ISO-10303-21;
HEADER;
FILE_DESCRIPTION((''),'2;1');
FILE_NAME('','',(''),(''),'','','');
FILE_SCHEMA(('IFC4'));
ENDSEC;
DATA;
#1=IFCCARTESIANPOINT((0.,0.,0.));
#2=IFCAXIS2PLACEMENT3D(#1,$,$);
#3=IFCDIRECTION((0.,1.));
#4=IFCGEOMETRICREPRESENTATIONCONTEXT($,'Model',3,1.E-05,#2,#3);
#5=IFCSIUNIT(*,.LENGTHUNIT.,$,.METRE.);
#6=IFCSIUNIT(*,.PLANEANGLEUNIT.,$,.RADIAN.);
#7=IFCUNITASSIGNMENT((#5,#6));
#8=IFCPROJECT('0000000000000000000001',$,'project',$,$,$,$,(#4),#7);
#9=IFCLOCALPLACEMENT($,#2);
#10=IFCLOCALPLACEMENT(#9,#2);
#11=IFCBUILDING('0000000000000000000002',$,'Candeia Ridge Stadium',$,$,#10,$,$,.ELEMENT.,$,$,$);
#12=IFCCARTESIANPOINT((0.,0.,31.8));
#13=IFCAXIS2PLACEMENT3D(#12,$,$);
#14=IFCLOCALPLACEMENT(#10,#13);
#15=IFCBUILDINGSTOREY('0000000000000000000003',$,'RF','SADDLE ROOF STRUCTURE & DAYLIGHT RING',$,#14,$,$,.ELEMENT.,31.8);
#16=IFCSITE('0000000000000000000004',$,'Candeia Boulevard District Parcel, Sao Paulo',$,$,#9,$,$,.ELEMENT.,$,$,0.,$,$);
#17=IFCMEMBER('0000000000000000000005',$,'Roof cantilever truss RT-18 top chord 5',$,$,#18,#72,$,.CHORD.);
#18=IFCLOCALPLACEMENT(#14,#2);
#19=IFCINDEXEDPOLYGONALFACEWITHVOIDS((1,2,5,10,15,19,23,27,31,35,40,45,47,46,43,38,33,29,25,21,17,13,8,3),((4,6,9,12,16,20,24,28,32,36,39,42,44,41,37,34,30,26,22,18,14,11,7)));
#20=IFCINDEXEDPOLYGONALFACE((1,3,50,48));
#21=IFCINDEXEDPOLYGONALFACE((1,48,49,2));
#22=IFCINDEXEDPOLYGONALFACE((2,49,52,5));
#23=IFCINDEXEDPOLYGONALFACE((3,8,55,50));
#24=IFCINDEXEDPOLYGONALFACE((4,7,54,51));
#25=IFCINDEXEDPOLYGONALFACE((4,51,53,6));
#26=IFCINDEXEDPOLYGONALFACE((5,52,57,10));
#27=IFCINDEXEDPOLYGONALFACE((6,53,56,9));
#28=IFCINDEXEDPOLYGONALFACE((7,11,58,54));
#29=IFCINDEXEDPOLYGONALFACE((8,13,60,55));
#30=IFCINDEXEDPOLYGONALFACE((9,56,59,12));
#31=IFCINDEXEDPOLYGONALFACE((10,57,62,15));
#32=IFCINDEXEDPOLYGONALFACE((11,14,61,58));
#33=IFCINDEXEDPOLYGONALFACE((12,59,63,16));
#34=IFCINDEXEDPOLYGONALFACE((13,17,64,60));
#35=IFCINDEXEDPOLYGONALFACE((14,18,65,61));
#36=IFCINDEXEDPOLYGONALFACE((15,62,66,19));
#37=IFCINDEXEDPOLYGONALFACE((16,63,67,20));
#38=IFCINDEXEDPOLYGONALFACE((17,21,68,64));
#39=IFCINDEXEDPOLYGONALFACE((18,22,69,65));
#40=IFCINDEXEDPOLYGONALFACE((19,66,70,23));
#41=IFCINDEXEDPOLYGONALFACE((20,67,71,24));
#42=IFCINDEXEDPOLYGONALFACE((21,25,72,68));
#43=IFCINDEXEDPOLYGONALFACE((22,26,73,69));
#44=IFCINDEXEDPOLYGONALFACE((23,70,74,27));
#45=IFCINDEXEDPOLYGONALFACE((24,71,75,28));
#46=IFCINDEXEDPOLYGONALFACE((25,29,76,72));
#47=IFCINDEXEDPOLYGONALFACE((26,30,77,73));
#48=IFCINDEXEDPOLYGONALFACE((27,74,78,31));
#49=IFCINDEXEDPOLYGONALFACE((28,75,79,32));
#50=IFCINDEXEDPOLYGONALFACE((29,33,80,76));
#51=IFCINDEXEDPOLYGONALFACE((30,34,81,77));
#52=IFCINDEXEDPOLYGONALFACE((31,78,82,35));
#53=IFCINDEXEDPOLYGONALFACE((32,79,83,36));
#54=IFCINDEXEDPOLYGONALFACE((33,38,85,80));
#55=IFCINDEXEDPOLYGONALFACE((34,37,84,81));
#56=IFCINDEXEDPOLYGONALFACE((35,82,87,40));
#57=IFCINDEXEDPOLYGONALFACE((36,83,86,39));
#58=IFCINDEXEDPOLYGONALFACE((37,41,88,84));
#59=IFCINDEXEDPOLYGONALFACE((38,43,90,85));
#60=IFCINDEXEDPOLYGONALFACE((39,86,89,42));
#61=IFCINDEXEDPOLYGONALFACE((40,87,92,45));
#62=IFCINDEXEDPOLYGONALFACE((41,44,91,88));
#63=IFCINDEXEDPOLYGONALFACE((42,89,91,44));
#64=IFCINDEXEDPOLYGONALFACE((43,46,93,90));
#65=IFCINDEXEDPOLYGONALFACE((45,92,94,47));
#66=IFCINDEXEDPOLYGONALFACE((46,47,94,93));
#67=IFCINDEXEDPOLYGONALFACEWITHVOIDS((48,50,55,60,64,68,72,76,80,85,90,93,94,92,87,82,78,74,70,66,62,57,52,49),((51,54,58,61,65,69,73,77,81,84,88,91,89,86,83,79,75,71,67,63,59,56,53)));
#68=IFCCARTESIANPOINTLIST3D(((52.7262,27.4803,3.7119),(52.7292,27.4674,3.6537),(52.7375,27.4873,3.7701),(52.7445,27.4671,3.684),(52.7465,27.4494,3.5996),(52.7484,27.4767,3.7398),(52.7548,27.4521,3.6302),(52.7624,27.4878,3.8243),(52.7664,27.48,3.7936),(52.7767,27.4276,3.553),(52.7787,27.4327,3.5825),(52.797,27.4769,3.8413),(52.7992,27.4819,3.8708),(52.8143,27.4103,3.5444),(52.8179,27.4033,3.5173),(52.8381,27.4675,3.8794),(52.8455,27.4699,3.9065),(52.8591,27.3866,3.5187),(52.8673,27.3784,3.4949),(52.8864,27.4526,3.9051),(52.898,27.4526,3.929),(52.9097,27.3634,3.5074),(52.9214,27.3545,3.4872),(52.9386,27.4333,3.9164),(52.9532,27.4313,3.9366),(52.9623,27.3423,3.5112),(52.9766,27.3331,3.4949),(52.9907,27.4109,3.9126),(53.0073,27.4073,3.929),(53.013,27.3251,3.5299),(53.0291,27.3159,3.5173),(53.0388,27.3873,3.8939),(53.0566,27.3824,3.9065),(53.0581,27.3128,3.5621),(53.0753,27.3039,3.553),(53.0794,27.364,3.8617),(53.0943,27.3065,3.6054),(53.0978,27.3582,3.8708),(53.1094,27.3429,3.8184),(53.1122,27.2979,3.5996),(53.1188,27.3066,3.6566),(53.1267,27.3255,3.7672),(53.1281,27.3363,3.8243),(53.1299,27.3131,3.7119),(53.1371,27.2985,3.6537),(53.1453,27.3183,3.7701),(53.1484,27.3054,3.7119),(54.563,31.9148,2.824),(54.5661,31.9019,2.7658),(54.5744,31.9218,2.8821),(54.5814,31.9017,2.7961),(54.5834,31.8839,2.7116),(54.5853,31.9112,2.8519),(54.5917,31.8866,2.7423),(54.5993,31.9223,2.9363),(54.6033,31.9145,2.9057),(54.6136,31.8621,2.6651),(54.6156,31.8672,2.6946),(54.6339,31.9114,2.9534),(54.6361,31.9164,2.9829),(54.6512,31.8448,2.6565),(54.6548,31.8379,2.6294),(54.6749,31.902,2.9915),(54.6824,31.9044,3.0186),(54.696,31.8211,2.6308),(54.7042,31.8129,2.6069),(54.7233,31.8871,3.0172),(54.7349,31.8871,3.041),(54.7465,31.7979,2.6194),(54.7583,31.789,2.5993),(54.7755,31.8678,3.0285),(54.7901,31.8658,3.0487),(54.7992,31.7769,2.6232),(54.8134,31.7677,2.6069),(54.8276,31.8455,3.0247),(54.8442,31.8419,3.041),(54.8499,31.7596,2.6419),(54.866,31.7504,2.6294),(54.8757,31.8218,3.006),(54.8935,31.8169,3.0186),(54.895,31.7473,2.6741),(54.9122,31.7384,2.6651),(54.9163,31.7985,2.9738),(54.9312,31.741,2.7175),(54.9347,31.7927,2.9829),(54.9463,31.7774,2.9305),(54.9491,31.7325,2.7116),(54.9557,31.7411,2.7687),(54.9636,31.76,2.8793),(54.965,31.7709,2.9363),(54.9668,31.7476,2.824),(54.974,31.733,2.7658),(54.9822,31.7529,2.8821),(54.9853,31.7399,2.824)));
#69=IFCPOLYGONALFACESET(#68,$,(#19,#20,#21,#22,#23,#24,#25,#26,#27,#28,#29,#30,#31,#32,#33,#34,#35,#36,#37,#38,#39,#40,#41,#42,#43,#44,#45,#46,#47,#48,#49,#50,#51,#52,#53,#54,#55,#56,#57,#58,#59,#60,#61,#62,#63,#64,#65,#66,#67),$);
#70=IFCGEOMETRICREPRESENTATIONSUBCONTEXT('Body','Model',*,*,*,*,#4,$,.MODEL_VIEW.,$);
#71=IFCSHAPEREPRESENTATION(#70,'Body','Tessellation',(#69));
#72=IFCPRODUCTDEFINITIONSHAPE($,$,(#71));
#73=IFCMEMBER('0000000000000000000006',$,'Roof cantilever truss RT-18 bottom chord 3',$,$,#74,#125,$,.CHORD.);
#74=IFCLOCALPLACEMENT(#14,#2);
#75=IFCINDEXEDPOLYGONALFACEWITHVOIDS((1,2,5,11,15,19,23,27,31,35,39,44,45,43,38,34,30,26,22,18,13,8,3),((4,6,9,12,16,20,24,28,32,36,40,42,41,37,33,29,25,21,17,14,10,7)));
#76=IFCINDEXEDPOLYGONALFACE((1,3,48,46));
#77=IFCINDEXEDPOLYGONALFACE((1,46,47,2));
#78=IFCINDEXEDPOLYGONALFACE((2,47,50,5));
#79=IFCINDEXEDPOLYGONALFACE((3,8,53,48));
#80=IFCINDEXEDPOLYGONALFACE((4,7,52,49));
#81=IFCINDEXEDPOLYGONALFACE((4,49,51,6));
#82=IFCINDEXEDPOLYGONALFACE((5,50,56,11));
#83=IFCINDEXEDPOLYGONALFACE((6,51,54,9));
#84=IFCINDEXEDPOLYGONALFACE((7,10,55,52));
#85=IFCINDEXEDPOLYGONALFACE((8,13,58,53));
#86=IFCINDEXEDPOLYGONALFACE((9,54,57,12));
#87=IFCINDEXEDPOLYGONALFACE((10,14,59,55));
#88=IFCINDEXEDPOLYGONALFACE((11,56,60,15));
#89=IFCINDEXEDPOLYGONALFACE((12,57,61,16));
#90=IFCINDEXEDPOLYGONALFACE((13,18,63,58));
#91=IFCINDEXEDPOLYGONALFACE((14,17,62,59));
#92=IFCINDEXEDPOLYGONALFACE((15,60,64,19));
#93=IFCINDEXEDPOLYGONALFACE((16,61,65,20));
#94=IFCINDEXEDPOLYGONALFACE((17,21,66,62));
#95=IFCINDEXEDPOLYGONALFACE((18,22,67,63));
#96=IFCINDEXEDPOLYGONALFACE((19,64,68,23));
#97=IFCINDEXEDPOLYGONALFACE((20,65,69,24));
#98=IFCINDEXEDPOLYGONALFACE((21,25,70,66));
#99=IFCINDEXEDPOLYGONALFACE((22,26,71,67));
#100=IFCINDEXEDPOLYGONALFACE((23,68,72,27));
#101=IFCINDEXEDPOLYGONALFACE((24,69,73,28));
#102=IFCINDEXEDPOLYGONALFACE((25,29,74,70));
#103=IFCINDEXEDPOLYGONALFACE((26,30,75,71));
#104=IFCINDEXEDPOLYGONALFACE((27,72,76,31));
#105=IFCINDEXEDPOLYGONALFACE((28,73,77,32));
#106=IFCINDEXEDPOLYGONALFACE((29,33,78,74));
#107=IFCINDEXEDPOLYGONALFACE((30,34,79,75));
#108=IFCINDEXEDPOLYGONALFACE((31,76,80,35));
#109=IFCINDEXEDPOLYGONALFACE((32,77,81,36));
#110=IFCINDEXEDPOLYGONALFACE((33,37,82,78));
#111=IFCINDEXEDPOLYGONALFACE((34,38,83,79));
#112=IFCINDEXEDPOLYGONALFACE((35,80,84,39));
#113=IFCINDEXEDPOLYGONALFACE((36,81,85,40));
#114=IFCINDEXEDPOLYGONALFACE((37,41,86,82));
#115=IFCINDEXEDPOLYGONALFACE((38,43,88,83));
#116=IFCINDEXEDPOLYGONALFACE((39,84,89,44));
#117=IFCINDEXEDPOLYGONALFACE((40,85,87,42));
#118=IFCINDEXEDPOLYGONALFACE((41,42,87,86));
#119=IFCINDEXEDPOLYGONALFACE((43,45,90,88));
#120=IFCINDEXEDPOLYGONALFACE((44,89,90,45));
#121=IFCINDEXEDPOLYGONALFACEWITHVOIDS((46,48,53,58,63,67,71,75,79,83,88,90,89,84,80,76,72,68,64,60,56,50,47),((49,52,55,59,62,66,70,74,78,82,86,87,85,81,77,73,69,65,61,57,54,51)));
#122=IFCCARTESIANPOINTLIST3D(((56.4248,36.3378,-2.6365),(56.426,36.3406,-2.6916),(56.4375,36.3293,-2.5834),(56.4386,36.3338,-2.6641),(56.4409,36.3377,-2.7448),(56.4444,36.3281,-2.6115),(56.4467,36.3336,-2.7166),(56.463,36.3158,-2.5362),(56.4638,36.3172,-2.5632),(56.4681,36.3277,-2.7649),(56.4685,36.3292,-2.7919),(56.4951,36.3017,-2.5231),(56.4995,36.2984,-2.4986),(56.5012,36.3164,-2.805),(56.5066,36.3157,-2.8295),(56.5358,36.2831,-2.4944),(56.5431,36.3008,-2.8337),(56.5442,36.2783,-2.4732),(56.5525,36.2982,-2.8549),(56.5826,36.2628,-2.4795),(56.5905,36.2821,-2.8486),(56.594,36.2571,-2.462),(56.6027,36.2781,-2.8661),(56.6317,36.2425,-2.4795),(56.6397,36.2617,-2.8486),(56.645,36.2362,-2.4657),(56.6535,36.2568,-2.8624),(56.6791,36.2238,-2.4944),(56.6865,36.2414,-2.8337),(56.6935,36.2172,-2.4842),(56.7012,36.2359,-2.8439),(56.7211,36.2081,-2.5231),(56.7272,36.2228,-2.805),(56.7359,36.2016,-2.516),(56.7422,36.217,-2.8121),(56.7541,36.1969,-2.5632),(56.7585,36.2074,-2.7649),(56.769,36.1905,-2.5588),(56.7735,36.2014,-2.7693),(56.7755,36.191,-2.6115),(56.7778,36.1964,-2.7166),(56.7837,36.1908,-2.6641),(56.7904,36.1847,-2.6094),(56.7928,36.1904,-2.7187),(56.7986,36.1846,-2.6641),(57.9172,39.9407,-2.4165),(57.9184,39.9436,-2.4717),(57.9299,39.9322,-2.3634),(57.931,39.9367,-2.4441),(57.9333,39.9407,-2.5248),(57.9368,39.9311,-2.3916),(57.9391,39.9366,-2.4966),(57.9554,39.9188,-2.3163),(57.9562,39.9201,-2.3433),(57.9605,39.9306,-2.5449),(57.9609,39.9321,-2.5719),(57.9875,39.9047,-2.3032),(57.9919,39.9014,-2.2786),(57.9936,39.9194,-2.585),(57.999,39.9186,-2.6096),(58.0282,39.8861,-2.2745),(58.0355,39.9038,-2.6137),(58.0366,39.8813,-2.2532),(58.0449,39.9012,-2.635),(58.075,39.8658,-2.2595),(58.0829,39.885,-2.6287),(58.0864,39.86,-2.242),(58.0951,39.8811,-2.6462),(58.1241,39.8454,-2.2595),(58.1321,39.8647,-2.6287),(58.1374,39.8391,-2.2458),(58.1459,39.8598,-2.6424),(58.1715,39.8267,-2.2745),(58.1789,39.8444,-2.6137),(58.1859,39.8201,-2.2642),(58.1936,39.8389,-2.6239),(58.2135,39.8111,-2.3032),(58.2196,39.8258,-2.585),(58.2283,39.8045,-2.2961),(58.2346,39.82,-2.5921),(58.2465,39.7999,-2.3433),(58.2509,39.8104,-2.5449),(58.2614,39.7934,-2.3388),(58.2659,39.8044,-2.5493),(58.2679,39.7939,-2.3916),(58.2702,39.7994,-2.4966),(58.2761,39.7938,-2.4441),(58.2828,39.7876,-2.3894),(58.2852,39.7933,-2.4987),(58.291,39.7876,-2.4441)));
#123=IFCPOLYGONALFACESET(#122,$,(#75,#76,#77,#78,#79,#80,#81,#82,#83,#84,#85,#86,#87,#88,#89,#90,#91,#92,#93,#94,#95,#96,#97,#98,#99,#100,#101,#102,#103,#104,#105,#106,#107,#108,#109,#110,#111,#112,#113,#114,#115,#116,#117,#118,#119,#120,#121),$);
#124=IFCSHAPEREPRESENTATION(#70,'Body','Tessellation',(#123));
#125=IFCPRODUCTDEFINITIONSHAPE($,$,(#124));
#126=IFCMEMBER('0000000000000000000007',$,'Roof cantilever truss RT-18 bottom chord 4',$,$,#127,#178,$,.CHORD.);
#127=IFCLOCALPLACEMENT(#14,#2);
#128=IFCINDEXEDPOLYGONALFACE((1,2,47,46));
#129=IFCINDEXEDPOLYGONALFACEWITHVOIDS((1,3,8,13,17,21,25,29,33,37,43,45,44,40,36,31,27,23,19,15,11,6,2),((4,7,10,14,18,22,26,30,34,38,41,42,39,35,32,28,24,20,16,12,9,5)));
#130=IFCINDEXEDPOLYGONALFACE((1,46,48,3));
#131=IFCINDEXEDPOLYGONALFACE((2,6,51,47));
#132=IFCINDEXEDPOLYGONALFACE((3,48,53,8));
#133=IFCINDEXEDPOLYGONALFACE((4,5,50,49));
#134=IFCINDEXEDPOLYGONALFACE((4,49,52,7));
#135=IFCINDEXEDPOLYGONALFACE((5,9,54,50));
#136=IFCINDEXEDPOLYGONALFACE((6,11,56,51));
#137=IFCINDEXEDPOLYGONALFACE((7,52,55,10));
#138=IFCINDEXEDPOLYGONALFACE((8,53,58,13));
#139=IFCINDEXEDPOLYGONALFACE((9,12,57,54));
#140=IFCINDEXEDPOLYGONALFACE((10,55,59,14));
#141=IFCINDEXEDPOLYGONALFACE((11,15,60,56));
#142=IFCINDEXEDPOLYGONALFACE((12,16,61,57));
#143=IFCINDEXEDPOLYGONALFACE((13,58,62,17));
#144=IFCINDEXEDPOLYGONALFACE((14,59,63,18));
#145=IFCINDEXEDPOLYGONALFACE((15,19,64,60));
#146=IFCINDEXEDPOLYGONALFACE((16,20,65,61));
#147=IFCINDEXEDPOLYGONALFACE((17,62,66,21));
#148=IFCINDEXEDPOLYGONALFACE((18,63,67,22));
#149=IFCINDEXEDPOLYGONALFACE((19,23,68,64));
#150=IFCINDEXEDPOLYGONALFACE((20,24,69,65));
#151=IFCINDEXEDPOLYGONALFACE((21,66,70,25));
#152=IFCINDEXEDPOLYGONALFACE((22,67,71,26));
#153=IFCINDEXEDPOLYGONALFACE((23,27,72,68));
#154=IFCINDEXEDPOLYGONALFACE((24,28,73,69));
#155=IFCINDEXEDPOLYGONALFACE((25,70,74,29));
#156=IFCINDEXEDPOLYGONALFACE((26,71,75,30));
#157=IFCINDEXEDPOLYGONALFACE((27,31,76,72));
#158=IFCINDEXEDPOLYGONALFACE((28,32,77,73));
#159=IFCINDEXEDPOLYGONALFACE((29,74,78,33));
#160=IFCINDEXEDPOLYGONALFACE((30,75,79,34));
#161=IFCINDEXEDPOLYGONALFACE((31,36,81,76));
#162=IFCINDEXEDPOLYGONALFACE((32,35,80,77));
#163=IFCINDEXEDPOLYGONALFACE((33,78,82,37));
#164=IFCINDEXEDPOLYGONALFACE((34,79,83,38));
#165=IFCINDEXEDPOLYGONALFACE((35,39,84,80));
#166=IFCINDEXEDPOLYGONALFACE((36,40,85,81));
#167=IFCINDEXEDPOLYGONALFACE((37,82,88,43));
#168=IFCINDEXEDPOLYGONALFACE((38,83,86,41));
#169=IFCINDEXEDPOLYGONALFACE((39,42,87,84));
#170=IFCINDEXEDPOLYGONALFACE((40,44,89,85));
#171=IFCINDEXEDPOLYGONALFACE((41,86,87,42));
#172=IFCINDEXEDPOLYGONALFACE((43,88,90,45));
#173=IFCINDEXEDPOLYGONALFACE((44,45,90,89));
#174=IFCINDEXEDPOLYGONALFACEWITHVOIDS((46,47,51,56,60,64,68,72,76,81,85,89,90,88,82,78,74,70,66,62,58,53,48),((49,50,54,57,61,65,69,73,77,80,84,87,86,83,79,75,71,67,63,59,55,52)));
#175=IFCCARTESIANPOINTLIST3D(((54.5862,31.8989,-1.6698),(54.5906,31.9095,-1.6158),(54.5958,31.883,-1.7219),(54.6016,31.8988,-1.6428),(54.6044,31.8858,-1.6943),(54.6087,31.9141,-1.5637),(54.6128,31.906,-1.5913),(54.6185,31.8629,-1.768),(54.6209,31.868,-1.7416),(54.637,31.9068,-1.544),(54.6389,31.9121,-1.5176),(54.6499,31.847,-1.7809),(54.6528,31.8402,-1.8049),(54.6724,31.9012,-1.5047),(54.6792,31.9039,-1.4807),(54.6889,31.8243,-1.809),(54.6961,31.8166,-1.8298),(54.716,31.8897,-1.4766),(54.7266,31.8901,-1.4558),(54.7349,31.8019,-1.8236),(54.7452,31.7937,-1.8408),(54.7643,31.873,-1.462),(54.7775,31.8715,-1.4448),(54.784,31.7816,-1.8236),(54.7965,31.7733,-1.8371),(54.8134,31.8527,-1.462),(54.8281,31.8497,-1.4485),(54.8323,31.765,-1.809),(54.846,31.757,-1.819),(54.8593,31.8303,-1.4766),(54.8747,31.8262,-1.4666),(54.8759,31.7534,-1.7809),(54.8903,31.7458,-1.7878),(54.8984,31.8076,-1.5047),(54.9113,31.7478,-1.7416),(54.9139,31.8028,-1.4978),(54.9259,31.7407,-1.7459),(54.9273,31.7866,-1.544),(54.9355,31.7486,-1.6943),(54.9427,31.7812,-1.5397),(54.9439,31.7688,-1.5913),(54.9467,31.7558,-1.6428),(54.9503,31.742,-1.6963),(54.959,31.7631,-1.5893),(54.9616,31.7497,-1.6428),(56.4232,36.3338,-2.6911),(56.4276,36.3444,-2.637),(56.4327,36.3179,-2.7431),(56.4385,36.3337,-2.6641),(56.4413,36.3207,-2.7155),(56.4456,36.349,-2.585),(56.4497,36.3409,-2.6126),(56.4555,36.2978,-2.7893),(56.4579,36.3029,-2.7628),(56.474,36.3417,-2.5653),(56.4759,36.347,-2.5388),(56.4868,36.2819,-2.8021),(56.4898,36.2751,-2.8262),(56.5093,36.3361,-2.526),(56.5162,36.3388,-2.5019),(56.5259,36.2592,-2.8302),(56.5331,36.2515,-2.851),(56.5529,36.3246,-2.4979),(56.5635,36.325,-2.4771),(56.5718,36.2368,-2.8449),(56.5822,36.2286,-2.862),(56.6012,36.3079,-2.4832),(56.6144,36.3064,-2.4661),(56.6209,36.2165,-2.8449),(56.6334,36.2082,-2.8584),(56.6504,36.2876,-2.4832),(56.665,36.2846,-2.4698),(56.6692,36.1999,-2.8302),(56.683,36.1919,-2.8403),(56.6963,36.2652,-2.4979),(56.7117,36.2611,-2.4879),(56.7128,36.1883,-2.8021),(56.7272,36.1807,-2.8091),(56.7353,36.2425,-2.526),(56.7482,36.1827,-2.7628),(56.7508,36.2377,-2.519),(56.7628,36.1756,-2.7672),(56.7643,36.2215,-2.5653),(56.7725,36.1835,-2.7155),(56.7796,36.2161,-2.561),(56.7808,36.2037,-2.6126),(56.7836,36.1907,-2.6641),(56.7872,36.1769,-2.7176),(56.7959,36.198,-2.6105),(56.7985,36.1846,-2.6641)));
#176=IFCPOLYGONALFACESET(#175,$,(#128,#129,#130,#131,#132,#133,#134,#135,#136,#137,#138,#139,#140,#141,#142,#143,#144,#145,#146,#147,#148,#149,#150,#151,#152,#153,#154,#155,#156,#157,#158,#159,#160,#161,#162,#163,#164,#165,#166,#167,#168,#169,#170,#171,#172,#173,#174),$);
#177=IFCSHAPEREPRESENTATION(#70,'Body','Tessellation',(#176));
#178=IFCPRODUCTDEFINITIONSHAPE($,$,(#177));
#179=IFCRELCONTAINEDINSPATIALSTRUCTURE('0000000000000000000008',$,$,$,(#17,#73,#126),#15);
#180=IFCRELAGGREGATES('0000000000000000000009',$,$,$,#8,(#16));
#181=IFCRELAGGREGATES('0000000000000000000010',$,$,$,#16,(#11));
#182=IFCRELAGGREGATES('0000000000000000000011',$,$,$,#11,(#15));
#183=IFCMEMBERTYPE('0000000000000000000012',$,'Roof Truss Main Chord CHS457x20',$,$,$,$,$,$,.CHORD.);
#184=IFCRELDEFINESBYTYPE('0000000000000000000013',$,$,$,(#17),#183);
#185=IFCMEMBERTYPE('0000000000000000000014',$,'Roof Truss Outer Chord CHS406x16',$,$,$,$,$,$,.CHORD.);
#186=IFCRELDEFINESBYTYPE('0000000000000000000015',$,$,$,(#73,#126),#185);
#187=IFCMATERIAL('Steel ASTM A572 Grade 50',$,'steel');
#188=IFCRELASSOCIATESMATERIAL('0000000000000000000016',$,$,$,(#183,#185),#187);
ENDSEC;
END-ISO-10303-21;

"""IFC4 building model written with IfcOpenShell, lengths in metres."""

from ifc_helpers import new_model, si_unit, direction, frame, origin, origin_2d, place, context, subcontext, project, spatial, hollow_circle, extrude, material, material_profile, profile_set, type_object, element, save


model = new_model("IFC4")

# Units and contexts
model_context = context("Model", 3, precision=1e-05, world=origin(), true_north=direction((0.0, 1.0)))
body_context = subcontext(model_context, "Body", "Model", "MODEL_VIEW")
ifc_project = project(units=[si_unit("LENGTHUNIT", "METRE"), si_unit("PLANEANGLEUNIT", "RADIAN")], contexts=[model_context])

# Site, building, storey
site_placement = place(None, origin())
site = spatial("IfcSite", under=ifc_project, at=site_placement, Name="Candeia Boulevard District Parcel, Sao Paulo", CompositionType="ELEMENT", RefElevation=0.0)
building_placement = place(site_placement, origin())
building = spatial("IfcBuilding", under=site, at=building_placement, Name="Candeia Ridge Stadium", CompositionType="ELEMENT")
storey_placement = place(building_placement, frame((0.0, 0.0, 31.8)))
storey = spatial("IfcBuildingStorey", under=building, at=storey_placement, Name="RF", Description="SADDLE ROOF STRUCTURE & DAYLIGHT RING", CompositionType="ELEMENT", Elevation=31.8)

# Shared definitions
ifc_material_1 = material(Name="Steel ASTM A572 Grade 50", Category="steel")

# Members
ifc_material_profile_1 = material_profile(ifc_material_1, hollow_circle(Radius=0.2285, WallThickness=0.02, at=origin_2d()), Name="CHS457x20", Category="steel")
ifc_profile_set_1 = profile_set([ifc_material_profile_1], Name="Steel ASTM A572 Grade 50")
member_type_1 = type_object("IfcMemberType", Name="Roof Truss Main Chord CHS457x20", PredefinedType="CHORD", material=ifc_profile_set_1)
member_1_placement = place(storey_placement, frame((54.7742, 31.8274, 2.824), z_axis=(-0.376309, -0.908462, 0.181902), x_axis=(0.923875, -0.382693, 0.0)))
element("IfcMember", 1, at=member_1_placement, inside=storey, type_object=member_type_1, Name="Roof cantilever truss RT-18 top chord 5", PredefinedType="CHORD", context=body_context, shape_type="SweptSolid", body=[
    extrude(hollow_circle(Radius=0.2285, WallThickness=0.02, at=origin_2d()), origin(), (0.0, 0.0, 1.0), 4.8813),
])
ifc_material_profile_2 = material_profile(ifc_material_1, hollow_circle(Radius=0.2029, WallThickness=0.0161, at=origin_2d()), Name="CHS406x16", Category="steel")
ifc_profile_set_2 = profile_set([ifc_material_profile_2], Name="Steel ASTM A572 Grade 50")
member_type_2 = type_object("IfcMemberType", Name="Roof Truss Outer Chord CHS406x16", PredefinedType="CHORD", material=ifc_profile_set_2)
member_2_placement = place(storey_placement, frame((58.1035, 39.8652, -2.4441), z_axis=(-0.382078, -0.922413, -0.056315), x_axis=(0.923879, -0.382685, 0.0)))
element("IfcMember", 2, at=member_2_placement, inside=storey, type_object=member_type_2, Name="Roof cantilever truss RT-18 bottom chord 3", PredefinedType="CHORD", context=body_context, shape_type="SweptSolid", body=[
    extrude(hollow_circle(Radius=0.2029, WallThickness=0.0161, at=origin_2d()), origin(), (0.0, 0.0, 1.0), 3.906),
])
member_3_placement = place(storey_placement, frame((56.6111, 36.2622, -2.6641), z_axis=(-0.374298, -0.903658, 0.208093), x_axis=(0.923883, -0.382675, 0.0)))
element("IfcMember", 3, at=member_3_placement, inside=storey, type_object=member_type_2, Name="Roof cantilever truss RT-18 bottom chord 4", PredefinedType="CHORD", context=body_context, shape_type="SweptSolid", body=[
    extrude(hollow_circle(Radius=0.2029, WallThickness=0.0161, at=origin_2d()), origin(), (0.0, 0.0, 1.0), 4.9077),
])

save(model, "model.ifc")
